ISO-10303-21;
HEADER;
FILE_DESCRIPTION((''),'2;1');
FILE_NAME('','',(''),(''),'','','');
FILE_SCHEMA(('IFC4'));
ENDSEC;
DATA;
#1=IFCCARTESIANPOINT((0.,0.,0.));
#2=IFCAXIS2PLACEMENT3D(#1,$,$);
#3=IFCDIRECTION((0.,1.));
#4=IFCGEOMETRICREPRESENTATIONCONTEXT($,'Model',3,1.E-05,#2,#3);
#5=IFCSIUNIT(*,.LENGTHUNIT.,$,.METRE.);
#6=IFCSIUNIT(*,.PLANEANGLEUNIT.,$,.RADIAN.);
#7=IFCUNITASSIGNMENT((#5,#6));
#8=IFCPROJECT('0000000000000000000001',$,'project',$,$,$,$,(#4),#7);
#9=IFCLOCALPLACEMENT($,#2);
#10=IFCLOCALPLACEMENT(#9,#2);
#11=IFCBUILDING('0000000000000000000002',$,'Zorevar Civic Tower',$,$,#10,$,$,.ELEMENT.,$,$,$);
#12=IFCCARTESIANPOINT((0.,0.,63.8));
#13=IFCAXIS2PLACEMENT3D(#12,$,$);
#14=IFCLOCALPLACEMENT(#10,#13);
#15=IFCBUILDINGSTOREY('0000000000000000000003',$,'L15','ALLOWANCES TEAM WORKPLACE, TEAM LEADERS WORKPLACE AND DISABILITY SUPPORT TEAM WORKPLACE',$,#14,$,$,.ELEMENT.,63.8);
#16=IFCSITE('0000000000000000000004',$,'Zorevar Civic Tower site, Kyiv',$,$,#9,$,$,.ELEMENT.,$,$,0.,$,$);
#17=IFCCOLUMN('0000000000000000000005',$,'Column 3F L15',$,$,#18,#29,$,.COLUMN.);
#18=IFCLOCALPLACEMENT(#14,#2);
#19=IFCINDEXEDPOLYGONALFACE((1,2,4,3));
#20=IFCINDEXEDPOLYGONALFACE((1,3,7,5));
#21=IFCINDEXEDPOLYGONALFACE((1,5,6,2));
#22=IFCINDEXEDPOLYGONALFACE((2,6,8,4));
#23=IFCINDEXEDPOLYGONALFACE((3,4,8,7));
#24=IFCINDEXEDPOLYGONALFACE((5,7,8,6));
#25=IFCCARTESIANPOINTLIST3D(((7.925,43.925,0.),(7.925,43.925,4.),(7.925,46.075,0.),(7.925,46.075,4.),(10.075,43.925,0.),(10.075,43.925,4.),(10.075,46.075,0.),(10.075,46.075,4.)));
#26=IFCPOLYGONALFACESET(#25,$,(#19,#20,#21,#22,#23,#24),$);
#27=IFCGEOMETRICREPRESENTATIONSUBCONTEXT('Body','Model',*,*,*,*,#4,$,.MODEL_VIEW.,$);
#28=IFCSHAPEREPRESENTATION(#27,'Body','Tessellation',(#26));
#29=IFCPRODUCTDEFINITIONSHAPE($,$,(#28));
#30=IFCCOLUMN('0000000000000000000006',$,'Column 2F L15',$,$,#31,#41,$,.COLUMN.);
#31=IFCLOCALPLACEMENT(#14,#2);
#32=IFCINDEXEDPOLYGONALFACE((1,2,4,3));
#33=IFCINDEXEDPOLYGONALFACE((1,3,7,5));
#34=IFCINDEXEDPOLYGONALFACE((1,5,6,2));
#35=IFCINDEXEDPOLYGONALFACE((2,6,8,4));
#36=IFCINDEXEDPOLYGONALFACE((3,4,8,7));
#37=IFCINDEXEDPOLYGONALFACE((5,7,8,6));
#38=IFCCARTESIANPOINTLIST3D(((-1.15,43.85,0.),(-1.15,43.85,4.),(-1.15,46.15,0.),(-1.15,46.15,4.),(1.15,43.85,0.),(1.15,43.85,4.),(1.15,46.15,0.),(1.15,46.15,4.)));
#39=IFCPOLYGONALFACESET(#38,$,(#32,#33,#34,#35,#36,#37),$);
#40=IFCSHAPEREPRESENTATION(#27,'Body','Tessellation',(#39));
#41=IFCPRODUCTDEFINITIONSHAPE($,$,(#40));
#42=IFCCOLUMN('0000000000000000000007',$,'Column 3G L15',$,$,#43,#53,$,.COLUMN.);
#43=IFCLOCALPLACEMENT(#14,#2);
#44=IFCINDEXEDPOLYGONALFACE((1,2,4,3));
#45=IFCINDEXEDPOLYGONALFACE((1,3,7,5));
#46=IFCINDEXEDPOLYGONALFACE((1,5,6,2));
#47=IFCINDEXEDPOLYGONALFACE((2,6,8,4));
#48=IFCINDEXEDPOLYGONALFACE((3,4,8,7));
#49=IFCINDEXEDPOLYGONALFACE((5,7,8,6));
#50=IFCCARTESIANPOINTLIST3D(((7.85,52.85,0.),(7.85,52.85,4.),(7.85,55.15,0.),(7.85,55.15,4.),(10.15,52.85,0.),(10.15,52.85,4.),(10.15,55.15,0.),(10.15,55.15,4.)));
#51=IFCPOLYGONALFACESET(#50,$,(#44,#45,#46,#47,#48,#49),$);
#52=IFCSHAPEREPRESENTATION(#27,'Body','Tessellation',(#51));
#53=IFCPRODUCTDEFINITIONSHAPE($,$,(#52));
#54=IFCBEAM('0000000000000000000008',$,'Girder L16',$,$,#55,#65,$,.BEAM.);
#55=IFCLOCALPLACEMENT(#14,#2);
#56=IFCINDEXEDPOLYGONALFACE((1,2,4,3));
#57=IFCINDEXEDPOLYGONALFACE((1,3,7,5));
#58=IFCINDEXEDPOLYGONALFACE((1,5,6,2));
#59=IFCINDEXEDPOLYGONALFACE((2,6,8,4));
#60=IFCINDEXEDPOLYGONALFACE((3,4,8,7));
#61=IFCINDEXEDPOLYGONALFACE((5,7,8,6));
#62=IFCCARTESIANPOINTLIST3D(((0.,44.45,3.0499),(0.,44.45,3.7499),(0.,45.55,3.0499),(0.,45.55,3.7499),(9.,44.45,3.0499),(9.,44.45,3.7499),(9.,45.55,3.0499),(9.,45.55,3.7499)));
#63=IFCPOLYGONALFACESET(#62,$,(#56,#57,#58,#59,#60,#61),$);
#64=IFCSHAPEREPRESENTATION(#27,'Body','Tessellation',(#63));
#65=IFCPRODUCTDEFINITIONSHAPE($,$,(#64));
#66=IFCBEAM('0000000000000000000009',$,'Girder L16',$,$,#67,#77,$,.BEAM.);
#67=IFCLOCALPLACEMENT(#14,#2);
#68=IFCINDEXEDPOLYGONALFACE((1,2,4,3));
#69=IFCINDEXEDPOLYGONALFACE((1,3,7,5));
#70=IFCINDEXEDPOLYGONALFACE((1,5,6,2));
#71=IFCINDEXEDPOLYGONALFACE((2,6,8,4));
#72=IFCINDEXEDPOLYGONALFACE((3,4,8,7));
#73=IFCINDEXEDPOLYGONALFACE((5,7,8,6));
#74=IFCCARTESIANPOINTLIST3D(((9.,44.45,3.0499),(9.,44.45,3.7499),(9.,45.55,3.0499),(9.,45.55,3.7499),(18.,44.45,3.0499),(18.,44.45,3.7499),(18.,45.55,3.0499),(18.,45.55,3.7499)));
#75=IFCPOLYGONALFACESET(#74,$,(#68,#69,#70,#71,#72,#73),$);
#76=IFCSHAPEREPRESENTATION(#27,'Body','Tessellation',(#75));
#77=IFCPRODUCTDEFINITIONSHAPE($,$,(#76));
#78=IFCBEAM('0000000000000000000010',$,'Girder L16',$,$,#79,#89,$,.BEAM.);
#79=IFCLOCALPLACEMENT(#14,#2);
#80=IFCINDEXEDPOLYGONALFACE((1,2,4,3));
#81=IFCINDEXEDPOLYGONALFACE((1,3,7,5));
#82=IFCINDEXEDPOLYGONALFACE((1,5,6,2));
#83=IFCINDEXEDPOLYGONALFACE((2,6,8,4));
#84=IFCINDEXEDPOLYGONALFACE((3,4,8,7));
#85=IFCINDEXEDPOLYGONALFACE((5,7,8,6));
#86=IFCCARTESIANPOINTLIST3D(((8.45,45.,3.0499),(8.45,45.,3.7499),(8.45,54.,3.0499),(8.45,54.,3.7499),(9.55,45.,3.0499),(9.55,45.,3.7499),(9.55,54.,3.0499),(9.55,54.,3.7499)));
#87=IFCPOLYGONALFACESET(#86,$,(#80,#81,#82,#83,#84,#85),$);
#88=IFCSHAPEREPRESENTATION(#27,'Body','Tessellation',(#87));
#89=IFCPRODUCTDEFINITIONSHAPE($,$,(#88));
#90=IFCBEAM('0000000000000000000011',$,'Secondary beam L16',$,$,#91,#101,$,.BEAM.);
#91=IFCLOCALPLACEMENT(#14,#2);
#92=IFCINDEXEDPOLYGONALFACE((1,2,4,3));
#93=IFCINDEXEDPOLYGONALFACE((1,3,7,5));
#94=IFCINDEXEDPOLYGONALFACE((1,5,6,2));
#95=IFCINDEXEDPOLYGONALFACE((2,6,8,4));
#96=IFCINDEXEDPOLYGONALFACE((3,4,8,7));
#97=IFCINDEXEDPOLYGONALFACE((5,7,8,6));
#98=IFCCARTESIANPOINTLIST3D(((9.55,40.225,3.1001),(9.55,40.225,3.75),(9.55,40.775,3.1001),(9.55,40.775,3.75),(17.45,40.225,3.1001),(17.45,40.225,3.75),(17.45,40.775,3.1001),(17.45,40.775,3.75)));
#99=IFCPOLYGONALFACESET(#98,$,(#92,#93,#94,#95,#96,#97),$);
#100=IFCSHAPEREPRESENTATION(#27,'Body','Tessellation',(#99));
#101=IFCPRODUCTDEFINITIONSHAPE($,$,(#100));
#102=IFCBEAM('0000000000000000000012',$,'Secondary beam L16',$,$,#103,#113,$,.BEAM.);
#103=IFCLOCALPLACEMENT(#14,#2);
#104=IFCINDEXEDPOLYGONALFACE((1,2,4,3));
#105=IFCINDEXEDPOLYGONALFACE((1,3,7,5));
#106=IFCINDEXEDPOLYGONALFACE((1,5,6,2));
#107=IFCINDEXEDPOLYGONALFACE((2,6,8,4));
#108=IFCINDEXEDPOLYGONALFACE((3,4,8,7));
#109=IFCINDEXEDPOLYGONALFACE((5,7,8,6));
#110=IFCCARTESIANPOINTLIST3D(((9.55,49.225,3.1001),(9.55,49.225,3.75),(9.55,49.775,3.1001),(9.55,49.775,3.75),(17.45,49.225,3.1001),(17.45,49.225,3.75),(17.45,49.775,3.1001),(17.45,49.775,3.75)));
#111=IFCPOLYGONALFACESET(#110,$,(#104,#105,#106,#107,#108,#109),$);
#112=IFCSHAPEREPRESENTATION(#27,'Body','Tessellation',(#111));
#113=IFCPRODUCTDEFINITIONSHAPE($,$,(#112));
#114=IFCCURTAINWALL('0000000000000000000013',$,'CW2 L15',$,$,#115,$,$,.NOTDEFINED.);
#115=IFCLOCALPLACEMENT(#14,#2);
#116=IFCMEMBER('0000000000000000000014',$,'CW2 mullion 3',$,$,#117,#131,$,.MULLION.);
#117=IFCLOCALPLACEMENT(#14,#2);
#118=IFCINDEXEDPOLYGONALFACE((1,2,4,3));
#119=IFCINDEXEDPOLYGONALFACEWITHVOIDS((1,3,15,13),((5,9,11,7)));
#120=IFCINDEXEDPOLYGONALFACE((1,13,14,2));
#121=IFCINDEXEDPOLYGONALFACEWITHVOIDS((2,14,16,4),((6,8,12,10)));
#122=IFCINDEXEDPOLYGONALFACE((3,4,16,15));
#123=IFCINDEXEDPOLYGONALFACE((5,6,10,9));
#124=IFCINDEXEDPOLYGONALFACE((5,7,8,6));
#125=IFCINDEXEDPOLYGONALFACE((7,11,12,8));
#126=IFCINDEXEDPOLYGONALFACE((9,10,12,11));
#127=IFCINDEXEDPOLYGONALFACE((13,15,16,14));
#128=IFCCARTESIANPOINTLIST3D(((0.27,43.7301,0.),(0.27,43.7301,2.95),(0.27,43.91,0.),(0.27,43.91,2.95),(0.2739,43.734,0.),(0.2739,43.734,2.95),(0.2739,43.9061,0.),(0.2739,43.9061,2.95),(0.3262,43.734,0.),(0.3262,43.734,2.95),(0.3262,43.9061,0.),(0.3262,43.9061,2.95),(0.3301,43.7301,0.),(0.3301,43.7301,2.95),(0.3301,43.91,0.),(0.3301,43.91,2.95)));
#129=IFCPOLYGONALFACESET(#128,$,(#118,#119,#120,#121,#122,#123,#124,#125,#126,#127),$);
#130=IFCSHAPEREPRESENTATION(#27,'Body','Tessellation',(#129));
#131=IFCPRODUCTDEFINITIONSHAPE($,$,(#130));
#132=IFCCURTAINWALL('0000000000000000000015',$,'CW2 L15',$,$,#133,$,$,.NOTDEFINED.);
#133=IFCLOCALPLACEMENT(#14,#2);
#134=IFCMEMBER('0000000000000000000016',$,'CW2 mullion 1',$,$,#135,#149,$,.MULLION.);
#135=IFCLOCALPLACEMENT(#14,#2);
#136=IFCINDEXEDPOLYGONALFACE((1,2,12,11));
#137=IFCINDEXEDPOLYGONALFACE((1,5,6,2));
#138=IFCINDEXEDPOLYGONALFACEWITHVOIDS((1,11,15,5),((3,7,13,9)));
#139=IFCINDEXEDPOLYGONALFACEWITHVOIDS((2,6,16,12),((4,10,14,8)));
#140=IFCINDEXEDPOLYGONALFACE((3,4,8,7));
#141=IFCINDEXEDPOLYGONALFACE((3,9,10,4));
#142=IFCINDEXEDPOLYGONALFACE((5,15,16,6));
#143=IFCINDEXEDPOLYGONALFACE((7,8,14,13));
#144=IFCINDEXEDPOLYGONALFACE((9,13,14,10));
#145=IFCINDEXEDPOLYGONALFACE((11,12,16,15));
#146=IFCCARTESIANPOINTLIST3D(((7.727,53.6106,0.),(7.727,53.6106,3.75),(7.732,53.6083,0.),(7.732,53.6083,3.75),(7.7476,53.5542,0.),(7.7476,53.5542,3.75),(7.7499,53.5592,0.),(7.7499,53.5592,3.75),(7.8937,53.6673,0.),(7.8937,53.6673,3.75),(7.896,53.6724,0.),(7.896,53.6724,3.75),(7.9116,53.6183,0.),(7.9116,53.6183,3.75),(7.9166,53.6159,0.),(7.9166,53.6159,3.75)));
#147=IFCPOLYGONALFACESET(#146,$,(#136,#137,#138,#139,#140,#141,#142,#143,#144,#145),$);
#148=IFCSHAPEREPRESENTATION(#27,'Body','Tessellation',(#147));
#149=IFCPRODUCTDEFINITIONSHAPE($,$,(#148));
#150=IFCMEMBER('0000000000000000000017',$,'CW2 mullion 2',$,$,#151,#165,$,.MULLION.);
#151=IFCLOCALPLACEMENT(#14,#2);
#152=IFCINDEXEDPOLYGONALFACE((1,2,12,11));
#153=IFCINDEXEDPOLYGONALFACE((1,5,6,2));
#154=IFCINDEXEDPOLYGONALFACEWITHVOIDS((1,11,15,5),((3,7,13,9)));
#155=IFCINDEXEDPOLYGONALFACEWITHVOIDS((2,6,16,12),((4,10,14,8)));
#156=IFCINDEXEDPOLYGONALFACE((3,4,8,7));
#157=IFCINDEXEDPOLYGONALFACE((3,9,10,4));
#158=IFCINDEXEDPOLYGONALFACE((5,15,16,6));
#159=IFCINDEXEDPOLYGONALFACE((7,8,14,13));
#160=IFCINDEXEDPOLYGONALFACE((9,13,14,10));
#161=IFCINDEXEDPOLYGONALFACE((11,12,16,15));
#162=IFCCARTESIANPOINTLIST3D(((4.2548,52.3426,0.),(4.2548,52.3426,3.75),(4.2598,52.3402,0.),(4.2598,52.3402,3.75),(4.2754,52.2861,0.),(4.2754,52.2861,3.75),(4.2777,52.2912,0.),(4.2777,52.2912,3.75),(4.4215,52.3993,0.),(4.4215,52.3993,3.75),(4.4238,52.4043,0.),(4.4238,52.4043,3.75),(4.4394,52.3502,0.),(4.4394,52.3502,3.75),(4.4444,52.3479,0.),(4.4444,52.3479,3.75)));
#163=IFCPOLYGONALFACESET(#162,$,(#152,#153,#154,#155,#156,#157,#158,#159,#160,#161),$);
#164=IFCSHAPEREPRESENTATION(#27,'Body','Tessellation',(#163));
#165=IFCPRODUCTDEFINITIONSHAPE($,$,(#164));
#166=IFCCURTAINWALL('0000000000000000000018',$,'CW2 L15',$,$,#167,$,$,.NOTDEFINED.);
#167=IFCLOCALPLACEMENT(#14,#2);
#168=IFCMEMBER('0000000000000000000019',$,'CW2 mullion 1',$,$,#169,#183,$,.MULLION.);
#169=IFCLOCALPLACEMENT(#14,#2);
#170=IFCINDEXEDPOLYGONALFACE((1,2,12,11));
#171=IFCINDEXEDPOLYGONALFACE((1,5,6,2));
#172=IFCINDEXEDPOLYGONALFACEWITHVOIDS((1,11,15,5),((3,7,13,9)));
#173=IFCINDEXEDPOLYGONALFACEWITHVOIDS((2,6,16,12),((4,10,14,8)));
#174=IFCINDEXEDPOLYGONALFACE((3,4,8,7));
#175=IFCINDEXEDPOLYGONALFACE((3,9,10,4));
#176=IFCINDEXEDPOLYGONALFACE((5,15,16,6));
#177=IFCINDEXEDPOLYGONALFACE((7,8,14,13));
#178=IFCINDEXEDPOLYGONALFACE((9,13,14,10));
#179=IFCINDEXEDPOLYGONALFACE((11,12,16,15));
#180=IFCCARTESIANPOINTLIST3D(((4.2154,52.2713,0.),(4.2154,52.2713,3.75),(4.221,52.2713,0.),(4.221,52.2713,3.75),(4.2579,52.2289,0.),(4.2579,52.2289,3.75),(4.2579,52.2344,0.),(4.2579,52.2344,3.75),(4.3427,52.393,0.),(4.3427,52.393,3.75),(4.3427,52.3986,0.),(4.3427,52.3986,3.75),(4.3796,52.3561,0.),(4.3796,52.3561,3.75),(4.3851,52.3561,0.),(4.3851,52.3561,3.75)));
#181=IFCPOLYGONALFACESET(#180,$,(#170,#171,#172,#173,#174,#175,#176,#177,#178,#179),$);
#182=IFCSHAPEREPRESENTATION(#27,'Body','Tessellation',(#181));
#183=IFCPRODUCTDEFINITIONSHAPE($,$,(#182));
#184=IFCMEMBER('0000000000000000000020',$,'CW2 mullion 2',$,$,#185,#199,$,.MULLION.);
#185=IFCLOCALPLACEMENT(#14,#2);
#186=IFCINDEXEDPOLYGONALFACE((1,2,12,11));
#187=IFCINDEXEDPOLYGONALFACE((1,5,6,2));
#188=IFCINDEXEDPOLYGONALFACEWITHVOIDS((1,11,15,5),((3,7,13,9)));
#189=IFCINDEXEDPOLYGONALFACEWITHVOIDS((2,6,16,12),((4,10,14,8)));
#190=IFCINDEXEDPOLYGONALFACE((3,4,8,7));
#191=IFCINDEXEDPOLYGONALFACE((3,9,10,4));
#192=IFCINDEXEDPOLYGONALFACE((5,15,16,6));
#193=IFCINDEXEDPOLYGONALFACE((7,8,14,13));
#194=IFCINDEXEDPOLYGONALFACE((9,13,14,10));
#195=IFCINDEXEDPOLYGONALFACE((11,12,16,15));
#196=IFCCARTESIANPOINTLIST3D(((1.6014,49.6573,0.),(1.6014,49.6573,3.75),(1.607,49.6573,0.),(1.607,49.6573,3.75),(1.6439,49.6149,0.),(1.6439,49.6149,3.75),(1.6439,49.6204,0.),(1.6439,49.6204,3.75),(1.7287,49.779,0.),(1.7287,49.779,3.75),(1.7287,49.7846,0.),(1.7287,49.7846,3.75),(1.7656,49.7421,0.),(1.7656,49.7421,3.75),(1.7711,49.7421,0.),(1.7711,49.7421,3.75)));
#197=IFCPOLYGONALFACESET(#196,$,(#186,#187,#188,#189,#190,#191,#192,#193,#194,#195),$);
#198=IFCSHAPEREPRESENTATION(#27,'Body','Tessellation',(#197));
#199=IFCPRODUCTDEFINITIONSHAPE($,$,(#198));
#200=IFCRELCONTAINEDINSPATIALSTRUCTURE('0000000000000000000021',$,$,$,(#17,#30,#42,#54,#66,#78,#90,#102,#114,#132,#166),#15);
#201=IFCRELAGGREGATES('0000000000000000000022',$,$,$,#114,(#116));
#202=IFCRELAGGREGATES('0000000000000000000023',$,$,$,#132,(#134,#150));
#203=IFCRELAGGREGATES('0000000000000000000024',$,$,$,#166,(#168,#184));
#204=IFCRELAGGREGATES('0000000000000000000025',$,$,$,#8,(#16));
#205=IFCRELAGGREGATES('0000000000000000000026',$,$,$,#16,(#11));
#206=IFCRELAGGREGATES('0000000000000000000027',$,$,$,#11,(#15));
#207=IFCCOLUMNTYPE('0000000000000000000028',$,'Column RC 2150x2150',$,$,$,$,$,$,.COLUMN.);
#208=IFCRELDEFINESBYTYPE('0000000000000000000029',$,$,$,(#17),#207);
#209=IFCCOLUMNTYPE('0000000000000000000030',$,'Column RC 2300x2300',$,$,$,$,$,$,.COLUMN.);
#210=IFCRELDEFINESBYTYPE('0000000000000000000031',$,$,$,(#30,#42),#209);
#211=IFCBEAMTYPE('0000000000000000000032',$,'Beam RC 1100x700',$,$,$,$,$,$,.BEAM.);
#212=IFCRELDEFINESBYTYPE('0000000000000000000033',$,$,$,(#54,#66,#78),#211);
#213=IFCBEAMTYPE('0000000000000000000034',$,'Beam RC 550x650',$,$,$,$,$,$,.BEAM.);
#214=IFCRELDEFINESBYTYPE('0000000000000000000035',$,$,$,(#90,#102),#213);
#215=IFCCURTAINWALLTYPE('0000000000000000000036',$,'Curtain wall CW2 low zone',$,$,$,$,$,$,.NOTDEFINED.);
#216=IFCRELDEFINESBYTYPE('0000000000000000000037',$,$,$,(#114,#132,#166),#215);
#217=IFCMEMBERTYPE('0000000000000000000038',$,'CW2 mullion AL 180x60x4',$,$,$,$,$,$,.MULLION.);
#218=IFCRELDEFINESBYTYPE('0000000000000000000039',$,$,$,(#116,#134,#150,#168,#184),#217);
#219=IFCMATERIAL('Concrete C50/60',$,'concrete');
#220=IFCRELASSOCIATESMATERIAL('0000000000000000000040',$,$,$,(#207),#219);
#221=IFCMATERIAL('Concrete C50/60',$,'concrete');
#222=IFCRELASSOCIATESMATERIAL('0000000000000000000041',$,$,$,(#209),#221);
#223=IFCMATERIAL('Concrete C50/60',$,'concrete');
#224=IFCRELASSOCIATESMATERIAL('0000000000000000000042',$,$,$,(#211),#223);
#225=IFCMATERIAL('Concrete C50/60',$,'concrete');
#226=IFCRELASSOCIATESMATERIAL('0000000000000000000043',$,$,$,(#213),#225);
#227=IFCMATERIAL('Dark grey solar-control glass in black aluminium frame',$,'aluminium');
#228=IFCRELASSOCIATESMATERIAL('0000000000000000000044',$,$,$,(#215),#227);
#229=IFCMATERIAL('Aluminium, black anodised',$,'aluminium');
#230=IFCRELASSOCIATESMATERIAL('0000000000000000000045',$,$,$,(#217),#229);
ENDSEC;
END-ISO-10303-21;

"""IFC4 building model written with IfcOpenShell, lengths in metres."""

from ifc_helpers import new_model, si_unit, direction, frame, origin, origin_2d, place, context, subcontext, project, spatial, rectangle, hollow_rectangle, extrude, material, material_profile, profile_set, type_object, element, aggregate, save


model = new_model("IFC4")

# Units and contexts
model_context = context("Model", 3, precision=1e-05, world=origin(), true_north=direction((0.0, 1.0)))
body_context = subcontext(model_context, "Body", "Model", "MODEL_VIEW")
ifc_project = project(units=[si_unit("LENGTHUNIT", "METRE"), si_unit("PLANEANGLEUNIT", "RADIAN")], contexts=[model_context])

# Site, building, storey
site_placement = place(None, origin())
site = spatial("IfcSite", under=ifc_project, at=site_placement, Name="Zorevar Civic Tower site, Kyiv", CompositionType="ELEMENT", RefElevation=0.0)
building_placement = place(site_placement, origin())
building = spatial("IfcBuilding", under=site, at=building_placement, Name="Zorevar Civic Tower", CompositionType="ELEMENT")
storey_placement = place(building_placement, frame((0.0, 0.0, 63.8)))
storey = spatial("IfcBuildingStorey", under=building, at=storey_placement, Name="L15", Description="ALLOWANCES TEAM WORKPLACE, TEAM LEADERS WORKPLACE AND DISABILITY SUPPORT TEAM WORKPLACE", CompositionType="ELEMENT", Elevation=63.8)

# Columns
ifc_material_1 = material(Name="Concrete C50/60", Category="concrete")
ifc_material_profile_1 = material_profile(ifc_material_1, rectangle(XDim=2.1499, YDim=2.1499, at=origin_2d()), Name="RC 2150x2150")
ifc_profile_set_1 = profile_set([ifc_material_profile_1], Name="Concrete C50/60")
column_type_1 = type_object("IfcColumnType", Name="Column RC 2150x2150", PredefinedType="COLUMN", material=ifc_profile_set_1)
column_placement = place(storey_placement, frame((9.0, 45.0, 0.0), z_axis=(0.0, 0.0, 1.0), x_axis=(1.0, 0.0, 0.0)))
element("IfcColumn", 1, at=column_placement, inside=storey, type_object=column_type_1, Name="Column 3F L15", PredefinedType="COLUMN", context=body_context, shape_type="SweptSolid", body=[
    extrude(rectangle(XDim=2.1499, YDim=2.1499, at=origin_2d()), origin(), (0.0, 0.0, 1.0), 4.0),
])
ifc_material_2 = material(Name="Concrete C50/60", Category="concrete")
ifc_material_profile_2 = material_profile(ifc_material_2, rectangle(XDim=2.3, YDim=2.3, at=origin_2d()), Name="RC 2300x2300")
ifc_profile_set_2 = profile_set([ifc_material_profile_2], Name="Concrete C50/60")
column_type_2 = type_object("IfcColumnType", Name="Column RC 2300x2300", PredefinedType="COLUMN", material=ifc_profile_set_2)
for number, where, z_axis, x_axis, name in (
    (2, (0.0, 45.0, 0.0), (0.0, 0.0, 1.0), (1.0, 0.0, 0.0), "Column 2F L15"),
    (3, (9.0, 54.0, 0.0), (0.0, 0.0, 1.0), (1.0, 0.0, 0.0), "Column 3G L15"),
):
    element("IfcColumn", number, at=place(storey_placement, frame(where, z_axis=z_axis, x_axis=x_axis)), inside=storey, type_object=column_type_2, Name=name, PredefinedType="COLUMN", context=body_context, shape_type="SweptSolid", body=[
        extrude(rectangle(XDim=2.3, YDim=2.3, at=origin_2d()), origin(), (0.0, 0.0, 1.0), 4.0),
    ])

# Beams
ifc_material_3 = material(Name="Concrete C50/60", Category="concrete")
ifc_material_profile_3 = material_profile(ifc_material_3, rectangle(XDim=1.1001, YDim=0.7, at=origin_2d()), Name="RC 1100x700")
ifc_profile_set_3 = profile_set([ifc_material_profile_3], Name="Concrete C50/60")
beam_type_1 = type_object("IfcBeamType", Name="Beam RC 1100x700", PredefinedType="BEAM", material=ifc_profile_set_3)
for number, where, z_axis, x_axis, name in (
    (4, (0.0, 45.0, 3.3999), (1.0, 0.0, 0.0), (0.0, 1.0, 0.0), "Girder L16"),
    (5, (9.0, 45.0, 3.3999), (1.0, 0.0, 0.0), (0.0, 1.0, 0.0), "Girder L16"),
    (6, (9.0, 45.0, 3.3999), (0.0, 1.0, 0.0), (-1.0, 0.0, 0.0), "Girder L16"),
):
    element("IfcBeam", number, at=place(storey_placement, frame(where, z_axis=z_axis, x_axis=x_axis)), inside=storey, type_object=beam_type_1, Name=name, PredefinedType="BEAM", context=body_context, shape_type="SweptSolid", body=[
        extrude(rectangle(XDim=1.1001, YDim=0.7, at=origin_2d()), origin(), (0.0, 0.0, 1.0), 9.0),
    ])
ifc_material_4 = material(Name="Concrete C50/60", Category="concrete")
ifc_material_profile_4 = material_profile(ifc_material_4, rectangle(XDim=0.55, YDim=0.6499, at=origin_2d()), Name="RC 550x650")
ifc_profile_set_4 = profile_set([ifc_material_profile_4], Name="Concrete C50/60")
beam_type_2 = type_object("IfcBeamType", Name="Beam RC 550x650", PredefinedType="BEAM", material=ifc_profile_set_4)
for number, where, z_axis, x_axis, name in (
    (7, (9.55, 40.5, 3.425), (1.0, 0.0, 0.0), (0.0, 1.0, 0.0), "Secondary beam L16"),
    (8, (9.55, 49.5, 3.425), (1.0, 0.0, 0.0), (0.0, 1.0, 0.0), "Secondary beam L16"),
):
    element("IfcBeam", number, at=place(storey_placement, frame(where, z_axis=z_axis, x_axis=x_axis)), inside=storey, type_object=beam_type_2, Name=name, PredefinedType="BEAM", context=body_context, shape_type="SweptSolid", body=[
        extrude(rectangle(XDim=0.55, YDim=0.6499, at=origin_2d()), origin(), (0.0, 0.0, 1.0), 7.8999),
    ])

# Curtain wall, member
ifc_material_5 = material(Name="Dark grey solar-control glass in black aluminium frame", Category="aluminium")
curtain_wall_type = type_object("IfcCurtainWallType", Name="Curtain wall CW2 low zone", PredefinedType="NOTDEFINED", material=ifc_material_5)
curtain_wall_1_placement = place(storey_placement, origin())
curtain_wall_1 = element("IfcCurtainWall", 9, at=curtain_wall_1_placement, inside=storey, type_object=curtain_wall_type, Name="CW2 L15", PredefinedType="NOTDEFINED")
ifc_material_6 = material(Name="Aluminium, black anodised", Category="aluminium")
ifc_material_profile_5 = material_profile(ifc_material_6, hollow_rectangle(XDim=0.0601, YDim=0.1799, WallThickness=0.0039, at=origin_2d()), Name="AL 180x60x4")
ifc_profile_set_5 = profile_set([ifc_material_profile_5], Name="Aluminium, black anodised")
member_type_1 = type_object("IfcMemberType", Name="CW2 mullion AL 180x60x4", PredefinedType="MULLION", material=ifc_profile_set_5)
member_1_placement = place(storey_placement, frame((0.3, 43.8201, 0.0), z_axis=(0.0, 0.0, 1.0), x_axis=(-1.0, 0.0, 0.0)))
member_1 = element("IfcMember", 10, at=member_1_placement, type_object=member_type_1, Name="CW2 mullion 3", PredefinedType="MULLION", context=body_context, shape_type="SweptSolid", body=[
    extrude(hollow_rectangle(XDim=0.0601, YDim=0.1799, WallThickness=0.0039, at=origin_2d()), origin(), (0.0, 0.0, 1.0), 2.95),
])

# Curtain walls, members
curtain_wall_2_placement = place(storey_placement, origin())
curtain_wall_2 = element("IfcCurtainWall", 11, at=curtain_wall_2_placement, inside=storey, type_object=curtain_wall_type, Name="CW2 L15", PredefinedType="NOTDEFINED")
member_2_placement = place(storey_placement, frame((7.8218, 53.6133, 0.0), z_axis=(0.0, 0.0, 1.0), x_axis=(0.34306, -0.939313, 0.0)))
member_2 = element("IfcMember", 12, at=member_2_placement, type_object=member_type_1, Name="CW2 mullion 1", PredefinedType="MULLION", context=body_context, shape_type="SweptSolid", body=[
    extrude(hollow_rectangle(XDim=0.0601, YDim=0.1799, WallThickness=0.0039, at=origin_2d()), origin(), (0.0, 0.0, 1.0), 3.75),
])
member_3_placement = place(storey_placement, frame((4.3496, 52.3452, 0.0), z_axis=(0.0, 0.0, 1.0), x_axis=(0.34306, -0.939313, 0.0)))
member_3 = element("IfcMember", 13, at=member_3_placement, type_object=member_type_1, Name="CW2 mullion 2", PredefinedType="MULLION", context=body_context, shape_type="SweptSolid", body=[
    extrude(hollow_rectangle(XDim=0.0601, YDim=0.1799, WallThickness=0.0039, at=origin_2d()), origin(), (0.0, 0.0, 1.0), 3.75),
])
curtain_wall_3_placement = place(storey_placement, origin())
curtain_wall_3 = element("IfcCurtainWall", 14, at=curtain_wall_3_placement, inside=storey, type_object=curtain_wall_type, Name="CW2 L15", PredefinedType="NOTDEFINED")
member_4_placement = place(storey_placement, frame((4.3003, 52.3137, 0.0), z_axis=(0.0, 0.0, 1.0), x_axis=(0.707107, -0.707107, 0.0)))
member_4 = element("IfcMember", 15, at=member_4_placement, type_object=member_type_1, Name="CW2 mullion 1", PredefinedType="MULLION", context=body_context, shape_type="SweptSolid", body=[
    extrude(hollow_rectangle(XDim=0.0601, YDim=0.1799, WallThickness=0.0039, at=origin_2d()), origin(), (0.0, 0.0, 1.0), 3.75),
])
member_5_placement = place(storey_placement, frame((1.6863, 49.6997, 0.0), z_axis=(0.0, 0.0, 1.0), x_axis=(0.707107, -0.707107, 0.0)))
member_5 = element("IfcMember", 16, at=member_5_placement, type_object=member_type_1, Name="CW2 mullion 2", PredefinedType="MULLION", context=body_context, shape_type="SweptSolid", body=[
    extrude(hollow_rectangle(XDim=0.0601, YDim=0.1799, WallThickness=0.0039, at=origin_2d()), origin(), (0.0, 0.0, 1.0), 3.75),
])

aggregate(curtain_wall_1, [member_1])
aggregate(curtain_wall_2, [member_2, member_3])
aggregate(curtain_wall_3, [member_4, member_5])

save(model, "model.ifc")
